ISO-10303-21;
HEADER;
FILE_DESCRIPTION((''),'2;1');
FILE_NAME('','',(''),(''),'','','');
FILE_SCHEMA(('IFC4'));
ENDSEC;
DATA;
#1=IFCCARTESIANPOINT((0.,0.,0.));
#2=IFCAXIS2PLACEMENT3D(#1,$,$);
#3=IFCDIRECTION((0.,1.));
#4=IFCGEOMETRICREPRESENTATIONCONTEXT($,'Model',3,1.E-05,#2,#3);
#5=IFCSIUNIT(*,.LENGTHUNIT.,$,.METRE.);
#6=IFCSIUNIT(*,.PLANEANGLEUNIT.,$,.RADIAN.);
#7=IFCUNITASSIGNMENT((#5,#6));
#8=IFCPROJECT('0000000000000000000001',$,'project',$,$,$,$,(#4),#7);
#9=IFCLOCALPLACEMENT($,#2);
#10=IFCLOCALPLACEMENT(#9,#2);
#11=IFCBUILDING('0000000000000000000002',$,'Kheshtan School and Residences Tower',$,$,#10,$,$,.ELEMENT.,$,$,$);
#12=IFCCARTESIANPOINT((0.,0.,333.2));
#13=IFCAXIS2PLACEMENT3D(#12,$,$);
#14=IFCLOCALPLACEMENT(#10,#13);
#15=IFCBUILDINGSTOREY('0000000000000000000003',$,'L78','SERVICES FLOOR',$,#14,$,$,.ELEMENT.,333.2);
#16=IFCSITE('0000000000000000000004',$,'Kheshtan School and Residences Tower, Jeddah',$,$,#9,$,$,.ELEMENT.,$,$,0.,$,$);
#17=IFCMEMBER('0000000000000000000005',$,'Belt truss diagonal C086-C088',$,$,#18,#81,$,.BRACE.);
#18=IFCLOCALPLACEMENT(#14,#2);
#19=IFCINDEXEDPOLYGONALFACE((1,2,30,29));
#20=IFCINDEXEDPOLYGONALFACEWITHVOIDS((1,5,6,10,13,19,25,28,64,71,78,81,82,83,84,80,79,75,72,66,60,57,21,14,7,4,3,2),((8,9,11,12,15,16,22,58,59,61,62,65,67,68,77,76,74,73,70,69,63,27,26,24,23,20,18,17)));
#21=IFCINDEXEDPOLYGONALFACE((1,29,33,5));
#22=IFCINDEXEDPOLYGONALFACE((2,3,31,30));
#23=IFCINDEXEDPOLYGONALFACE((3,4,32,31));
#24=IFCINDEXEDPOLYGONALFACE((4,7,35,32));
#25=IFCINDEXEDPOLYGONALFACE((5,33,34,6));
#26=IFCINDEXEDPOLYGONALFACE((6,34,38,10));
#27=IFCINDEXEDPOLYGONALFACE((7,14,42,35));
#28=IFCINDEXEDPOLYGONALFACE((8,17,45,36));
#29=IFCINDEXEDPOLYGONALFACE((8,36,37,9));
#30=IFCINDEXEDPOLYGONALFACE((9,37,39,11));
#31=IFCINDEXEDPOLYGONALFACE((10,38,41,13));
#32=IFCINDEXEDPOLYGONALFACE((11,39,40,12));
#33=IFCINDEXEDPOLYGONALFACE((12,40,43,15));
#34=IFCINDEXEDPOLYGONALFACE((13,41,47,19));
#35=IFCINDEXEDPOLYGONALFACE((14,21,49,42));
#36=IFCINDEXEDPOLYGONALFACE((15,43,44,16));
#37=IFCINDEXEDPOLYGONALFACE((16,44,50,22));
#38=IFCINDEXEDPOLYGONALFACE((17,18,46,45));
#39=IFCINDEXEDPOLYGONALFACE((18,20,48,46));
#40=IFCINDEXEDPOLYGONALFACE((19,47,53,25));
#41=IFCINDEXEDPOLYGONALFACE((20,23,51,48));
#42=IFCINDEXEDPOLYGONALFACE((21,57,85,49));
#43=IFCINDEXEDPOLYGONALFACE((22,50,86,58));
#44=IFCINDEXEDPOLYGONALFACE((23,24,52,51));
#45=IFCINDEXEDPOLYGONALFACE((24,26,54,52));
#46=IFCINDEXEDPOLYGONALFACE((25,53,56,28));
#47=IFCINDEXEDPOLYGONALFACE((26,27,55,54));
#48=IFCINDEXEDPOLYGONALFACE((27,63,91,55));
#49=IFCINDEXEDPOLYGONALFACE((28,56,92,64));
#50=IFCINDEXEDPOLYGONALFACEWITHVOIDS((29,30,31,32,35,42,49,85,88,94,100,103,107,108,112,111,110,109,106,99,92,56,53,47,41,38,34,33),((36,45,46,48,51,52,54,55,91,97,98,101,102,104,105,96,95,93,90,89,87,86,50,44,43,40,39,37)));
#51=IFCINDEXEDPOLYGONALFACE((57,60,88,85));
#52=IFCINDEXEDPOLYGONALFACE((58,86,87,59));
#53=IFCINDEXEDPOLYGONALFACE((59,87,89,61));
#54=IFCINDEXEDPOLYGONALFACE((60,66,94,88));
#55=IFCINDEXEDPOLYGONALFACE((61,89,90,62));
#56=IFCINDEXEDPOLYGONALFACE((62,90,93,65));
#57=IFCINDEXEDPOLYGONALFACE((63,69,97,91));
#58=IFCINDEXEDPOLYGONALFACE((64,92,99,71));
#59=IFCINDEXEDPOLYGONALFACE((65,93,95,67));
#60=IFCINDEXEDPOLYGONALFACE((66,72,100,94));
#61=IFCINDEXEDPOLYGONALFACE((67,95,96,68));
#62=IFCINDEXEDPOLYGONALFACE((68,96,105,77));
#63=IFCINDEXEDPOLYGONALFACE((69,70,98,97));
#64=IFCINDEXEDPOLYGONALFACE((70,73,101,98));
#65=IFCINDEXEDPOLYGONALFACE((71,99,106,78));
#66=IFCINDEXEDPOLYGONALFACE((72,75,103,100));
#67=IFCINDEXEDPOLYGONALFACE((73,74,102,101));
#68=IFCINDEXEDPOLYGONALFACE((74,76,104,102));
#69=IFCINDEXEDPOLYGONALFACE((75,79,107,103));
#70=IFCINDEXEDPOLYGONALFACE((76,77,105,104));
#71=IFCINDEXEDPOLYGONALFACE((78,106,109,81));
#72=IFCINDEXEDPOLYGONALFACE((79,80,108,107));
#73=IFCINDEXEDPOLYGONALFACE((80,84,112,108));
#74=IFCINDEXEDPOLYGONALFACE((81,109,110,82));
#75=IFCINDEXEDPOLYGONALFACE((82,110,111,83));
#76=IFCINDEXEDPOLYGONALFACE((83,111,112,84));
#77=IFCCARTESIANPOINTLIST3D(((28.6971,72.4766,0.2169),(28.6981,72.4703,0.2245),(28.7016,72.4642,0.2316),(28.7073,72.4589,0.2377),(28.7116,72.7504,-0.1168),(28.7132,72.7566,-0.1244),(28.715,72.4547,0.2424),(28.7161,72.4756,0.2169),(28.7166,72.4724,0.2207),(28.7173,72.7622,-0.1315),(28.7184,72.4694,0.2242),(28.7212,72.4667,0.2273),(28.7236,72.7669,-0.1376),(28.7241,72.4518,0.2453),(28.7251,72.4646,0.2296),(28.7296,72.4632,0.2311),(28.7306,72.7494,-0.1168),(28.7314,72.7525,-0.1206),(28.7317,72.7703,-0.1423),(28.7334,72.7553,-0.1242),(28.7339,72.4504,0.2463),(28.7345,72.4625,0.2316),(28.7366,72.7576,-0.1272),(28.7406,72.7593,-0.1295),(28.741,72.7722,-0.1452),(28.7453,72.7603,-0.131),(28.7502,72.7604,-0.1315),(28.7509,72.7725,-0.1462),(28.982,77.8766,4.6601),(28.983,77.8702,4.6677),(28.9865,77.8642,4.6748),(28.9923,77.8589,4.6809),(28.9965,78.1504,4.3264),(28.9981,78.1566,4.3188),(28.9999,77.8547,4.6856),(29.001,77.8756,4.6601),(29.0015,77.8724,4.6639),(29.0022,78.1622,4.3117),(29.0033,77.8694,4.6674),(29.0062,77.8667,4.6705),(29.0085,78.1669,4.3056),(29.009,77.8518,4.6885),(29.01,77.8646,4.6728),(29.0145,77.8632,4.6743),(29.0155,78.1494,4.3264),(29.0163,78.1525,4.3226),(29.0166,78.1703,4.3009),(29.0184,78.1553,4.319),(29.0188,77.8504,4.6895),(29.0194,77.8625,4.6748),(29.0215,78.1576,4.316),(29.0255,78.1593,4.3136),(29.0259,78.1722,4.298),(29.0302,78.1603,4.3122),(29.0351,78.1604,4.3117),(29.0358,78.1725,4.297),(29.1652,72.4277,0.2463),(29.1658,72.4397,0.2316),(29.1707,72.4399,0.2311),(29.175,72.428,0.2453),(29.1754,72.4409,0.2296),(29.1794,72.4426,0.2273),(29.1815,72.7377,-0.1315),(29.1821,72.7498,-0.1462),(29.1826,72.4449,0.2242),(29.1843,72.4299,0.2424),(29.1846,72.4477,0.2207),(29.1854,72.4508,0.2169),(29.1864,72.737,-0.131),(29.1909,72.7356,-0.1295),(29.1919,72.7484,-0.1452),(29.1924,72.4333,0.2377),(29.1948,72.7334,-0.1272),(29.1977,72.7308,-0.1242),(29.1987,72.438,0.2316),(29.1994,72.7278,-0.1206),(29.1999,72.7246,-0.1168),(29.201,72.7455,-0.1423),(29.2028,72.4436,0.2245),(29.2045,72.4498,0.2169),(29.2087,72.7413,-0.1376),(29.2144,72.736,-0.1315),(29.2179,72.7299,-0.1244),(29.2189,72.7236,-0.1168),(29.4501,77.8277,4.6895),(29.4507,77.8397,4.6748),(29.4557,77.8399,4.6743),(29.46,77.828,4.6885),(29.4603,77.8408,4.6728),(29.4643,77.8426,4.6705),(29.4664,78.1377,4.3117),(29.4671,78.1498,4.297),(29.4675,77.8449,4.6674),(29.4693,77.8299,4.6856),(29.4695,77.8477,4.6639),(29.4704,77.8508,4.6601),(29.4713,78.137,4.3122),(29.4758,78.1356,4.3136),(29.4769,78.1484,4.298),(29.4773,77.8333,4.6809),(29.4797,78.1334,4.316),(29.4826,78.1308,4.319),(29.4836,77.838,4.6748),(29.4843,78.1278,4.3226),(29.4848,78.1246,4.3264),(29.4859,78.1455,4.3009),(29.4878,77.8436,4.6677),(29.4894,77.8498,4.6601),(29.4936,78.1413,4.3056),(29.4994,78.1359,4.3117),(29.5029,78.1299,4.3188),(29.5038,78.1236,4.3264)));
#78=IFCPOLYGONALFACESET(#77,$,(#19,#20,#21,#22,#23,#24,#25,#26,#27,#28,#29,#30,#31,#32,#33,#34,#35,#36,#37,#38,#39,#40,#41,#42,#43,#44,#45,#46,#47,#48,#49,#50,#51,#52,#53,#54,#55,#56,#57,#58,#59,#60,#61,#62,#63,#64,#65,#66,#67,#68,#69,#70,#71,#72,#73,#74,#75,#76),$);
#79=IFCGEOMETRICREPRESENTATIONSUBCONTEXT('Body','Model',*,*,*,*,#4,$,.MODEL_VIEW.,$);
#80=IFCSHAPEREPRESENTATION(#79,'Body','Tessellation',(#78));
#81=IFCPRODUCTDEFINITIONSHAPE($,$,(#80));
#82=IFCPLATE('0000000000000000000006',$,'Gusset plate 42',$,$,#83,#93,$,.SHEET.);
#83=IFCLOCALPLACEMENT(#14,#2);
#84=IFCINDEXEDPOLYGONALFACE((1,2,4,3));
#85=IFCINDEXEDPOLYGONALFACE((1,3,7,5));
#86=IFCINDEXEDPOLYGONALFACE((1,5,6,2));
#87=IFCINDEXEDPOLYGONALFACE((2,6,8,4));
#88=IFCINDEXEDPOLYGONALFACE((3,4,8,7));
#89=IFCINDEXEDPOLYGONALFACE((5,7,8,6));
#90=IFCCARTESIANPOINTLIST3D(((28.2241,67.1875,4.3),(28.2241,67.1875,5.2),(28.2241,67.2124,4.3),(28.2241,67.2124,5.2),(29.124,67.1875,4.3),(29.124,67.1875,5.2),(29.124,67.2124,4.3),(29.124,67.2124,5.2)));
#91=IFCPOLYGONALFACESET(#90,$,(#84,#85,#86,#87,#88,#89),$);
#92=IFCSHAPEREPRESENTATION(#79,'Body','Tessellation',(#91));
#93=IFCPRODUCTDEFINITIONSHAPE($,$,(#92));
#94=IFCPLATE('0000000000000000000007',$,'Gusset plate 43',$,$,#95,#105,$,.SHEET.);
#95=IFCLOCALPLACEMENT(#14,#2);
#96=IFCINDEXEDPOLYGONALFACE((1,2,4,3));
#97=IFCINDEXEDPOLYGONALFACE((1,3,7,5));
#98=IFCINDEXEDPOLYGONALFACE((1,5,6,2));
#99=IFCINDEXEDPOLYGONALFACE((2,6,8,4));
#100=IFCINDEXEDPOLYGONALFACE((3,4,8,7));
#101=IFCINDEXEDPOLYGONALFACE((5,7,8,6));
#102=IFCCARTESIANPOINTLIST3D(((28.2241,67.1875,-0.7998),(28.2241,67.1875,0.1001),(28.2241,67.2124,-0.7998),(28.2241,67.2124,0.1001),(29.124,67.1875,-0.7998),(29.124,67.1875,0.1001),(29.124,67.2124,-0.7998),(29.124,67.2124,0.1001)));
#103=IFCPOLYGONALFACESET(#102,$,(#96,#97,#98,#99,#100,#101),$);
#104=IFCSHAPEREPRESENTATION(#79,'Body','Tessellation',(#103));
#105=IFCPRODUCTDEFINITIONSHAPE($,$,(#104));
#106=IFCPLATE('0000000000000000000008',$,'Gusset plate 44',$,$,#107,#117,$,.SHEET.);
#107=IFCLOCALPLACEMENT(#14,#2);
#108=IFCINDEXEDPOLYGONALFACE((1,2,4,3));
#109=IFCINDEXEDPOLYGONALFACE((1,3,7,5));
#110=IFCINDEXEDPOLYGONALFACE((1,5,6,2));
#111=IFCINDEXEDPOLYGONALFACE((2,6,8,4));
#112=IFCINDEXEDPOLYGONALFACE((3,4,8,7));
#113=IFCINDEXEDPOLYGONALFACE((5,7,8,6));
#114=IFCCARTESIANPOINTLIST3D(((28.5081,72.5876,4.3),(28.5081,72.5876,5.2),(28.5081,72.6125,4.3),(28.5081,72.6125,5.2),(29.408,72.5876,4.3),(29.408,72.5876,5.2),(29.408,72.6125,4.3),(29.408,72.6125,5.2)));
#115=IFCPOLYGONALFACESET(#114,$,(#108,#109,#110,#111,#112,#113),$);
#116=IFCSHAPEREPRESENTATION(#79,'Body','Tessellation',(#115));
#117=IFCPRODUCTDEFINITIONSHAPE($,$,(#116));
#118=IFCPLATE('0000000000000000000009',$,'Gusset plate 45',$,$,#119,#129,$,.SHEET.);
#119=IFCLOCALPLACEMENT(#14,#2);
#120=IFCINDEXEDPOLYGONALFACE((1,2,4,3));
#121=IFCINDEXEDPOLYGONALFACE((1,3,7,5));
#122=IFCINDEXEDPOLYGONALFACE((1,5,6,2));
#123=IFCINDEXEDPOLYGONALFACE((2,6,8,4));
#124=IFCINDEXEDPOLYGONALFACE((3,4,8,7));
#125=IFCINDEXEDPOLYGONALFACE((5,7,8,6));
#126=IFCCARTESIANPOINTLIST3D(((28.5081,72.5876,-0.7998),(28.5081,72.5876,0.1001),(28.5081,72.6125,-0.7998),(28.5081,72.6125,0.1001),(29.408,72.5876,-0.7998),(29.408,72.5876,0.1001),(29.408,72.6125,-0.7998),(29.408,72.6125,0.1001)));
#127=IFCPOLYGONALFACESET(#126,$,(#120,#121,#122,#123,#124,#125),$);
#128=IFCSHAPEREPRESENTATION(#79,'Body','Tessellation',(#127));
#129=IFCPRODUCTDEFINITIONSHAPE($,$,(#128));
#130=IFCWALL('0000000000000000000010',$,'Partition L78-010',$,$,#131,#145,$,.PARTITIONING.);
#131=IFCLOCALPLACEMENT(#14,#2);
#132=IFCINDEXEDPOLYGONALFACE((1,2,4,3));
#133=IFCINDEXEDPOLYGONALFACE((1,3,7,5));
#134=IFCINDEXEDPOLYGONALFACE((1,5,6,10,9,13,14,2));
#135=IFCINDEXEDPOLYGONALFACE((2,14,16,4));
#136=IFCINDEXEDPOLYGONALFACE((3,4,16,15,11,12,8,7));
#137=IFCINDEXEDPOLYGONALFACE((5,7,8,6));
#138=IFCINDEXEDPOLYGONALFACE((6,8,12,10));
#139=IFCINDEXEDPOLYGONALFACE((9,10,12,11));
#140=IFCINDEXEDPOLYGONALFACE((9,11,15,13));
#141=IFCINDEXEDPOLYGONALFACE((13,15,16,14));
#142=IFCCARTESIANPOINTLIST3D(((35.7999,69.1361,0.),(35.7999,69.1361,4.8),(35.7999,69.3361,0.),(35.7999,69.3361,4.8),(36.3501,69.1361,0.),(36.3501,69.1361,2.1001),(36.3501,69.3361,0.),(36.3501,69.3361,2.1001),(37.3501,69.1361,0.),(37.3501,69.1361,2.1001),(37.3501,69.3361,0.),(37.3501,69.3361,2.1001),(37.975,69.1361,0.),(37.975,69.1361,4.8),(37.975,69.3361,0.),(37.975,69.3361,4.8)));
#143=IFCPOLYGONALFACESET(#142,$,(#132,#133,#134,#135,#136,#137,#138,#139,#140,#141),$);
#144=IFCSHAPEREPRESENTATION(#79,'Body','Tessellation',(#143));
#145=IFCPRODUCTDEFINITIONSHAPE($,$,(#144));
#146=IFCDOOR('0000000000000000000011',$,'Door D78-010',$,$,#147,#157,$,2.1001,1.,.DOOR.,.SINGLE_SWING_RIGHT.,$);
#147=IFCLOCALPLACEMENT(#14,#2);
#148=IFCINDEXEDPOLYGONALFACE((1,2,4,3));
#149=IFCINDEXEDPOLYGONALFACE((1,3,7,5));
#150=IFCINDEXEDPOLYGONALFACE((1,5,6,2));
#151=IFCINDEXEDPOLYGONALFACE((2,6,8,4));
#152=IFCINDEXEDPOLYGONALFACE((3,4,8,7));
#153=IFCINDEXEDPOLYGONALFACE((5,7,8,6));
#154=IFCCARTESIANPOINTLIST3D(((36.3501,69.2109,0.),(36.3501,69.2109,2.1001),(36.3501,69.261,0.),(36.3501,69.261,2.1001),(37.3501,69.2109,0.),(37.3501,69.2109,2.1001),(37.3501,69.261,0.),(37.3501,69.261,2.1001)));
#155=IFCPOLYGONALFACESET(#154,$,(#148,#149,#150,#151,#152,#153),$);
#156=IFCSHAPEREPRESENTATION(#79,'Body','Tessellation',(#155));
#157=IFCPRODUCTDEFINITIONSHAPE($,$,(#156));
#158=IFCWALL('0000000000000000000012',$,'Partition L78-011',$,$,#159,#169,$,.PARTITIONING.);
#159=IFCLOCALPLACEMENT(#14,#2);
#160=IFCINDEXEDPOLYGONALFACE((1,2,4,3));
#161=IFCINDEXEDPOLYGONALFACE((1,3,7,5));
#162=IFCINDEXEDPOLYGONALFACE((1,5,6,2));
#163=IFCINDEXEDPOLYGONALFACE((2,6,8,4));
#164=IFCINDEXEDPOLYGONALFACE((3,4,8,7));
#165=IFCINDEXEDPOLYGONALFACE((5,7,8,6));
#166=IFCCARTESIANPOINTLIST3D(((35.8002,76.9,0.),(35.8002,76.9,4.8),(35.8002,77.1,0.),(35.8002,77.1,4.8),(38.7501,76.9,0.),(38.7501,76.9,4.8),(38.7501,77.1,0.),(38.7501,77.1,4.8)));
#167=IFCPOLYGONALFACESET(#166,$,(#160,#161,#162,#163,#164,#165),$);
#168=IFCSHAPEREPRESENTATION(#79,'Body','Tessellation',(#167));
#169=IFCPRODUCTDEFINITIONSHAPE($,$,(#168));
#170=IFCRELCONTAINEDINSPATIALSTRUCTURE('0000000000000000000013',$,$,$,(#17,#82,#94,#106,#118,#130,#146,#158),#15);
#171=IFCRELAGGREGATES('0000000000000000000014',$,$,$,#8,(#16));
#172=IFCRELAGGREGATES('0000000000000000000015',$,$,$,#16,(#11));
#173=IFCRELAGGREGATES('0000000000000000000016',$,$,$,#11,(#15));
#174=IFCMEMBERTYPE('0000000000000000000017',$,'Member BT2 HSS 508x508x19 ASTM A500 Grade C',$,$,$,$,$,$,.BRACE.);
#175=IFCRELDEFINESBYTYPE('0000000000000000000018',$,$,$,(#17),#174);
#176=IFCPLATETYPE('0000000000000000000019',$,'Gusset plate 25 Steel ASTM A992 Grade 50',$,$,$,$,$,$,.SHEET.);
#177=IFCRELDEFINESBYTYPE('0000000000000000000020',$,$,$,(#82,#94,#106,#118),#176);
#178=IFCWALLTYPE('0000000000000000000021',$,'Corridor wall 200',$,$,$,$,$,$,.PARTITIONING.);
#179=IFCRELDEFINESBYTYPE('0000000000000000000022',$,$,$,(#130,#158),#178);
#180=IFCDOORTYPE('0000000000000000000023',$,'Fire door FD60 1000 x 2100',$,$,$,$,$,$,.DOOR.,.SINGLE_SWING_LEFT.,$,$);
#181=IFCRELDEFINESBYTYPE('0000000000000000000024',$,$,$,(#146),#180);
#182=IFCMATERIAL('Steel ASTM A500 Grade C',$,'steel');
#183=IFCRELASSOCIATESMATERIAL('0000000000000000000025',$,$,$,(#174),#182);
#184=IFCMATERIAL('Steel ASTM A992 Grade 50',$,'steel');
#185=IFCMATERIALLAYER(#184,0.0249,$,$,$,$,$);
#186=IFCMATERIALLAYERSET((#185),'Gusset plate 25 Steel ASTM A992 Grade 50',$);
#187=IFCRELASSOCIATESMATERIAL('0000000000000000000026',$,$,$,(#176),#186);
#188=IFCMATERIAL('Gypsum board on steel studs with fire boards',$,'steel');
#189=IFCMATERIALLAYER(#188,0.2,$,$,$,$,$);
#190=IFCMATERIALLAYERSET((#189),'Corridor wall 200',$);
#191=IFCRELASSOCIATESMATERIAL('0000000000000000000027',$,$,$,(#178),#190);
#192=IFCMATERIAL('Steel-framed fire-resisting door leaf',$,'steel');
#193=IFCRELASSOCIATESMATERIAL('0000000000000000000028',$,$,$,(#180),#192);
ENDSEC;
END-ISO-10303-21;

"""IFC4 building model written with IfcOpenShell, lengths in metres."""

from ifc_helpers import new_model, si_unit, direction, frame, frame_2d, origin, origin_2d, place, context, subcontext, project, spatial, rectangle, hollow_rectangle, extrude, source, transform, mapped, material, layer, layer_set, material_profile, profile_set, type_object, element, fill, save


model = new_model("IFC4")

# Units and contexts
model_context = context("Model", 3, precision=1e-05, world=origin(), true_north=direction((0.0, 1.0)))
body_context = subcontext(model_context, "Body", "Model", "MODEL_VIEW")
ifc_project = project(units=[si_unit("LENGTHUNIT", "METRE"), si_unit("PLANEANGLEUNIT", "RADIAN")], contexts=[model_context])

# Site, building, storey
site_placement = place(None, origin())
site = spatial("IfcSite", under=ifc_project, at=site_placement, Name="Kheshtan School and Residences Tower, Jeddah", CompositionType="ELEMENT", RefElevation=0.0)
building_placement = place(site_placement, origin())
building = spatial("IfcBuilding", under=site, at=building_placement, Name="Kheshtan School and Residences Tower", CompositionType="ELEMENT")
storey_placement = place(building_placement, frame((0.0, 0.0, 333.2)))
storey = spatial("IfcBuildingStorey", under=building, at=storey_placement, Name="L78", Description="SERVICES FLOOR", CompositionType="ELEMENT", Elevation=333.2)

# Shared definitions
ifc_material_1 = material(Name="Steel ASTM A992 Grade 50", Category="steel")

# Member
ifc_material_2 = material(Name="Steel ASTM A500 Grade C", Category="steel")
ifc_material_profile_1 = material_profile(ifc_material_2, hollow_rectangle(XDim=0.5081, YDim=0.5081, WallThickness=0.019, InnerFilletRadius=0.019, OuterFilletRadius=0.0381, at=origin_2d()), Name="HSS 508x508x19")
ifc_profile_set_1 = profile_set([ifc_material_profile_1], Name="Steel ASTM A500 Grade C")
member_type = type_object("IfcMemberType", Name="Member BT2 HSS 508x508x19 ASTM A500 Grade C", PredefinedType="BRACE", material=ifc_profile_set_1)
for number, where, z_axis, x_axis, name in (
    (1, (28.958, 72.6001, 0.05), (0.040709, 0.771561, 0.634851), (-0.998611, 0.052689, 0.0), "Belt truss diagonal C086-C088"),
):
    element("IfcMember", number, at=place(storey_placement, frame(where, z_axis=z_axis, x_axis=x_axis)), inside=storey, type_object=member_type, Name=name, PredefinedType="BRACE", context=body_context, shape_type="SweptSolid", body=[
        extrude(hollow_rectangle(XDim=0.5081, YDim=0.5081, WallThickness=0.019, InnerFilletRadius=0.019, OuterFilletRadius=0.0381, at=origin_2d()), origin(), (0.0, 0.0, 1.0), 6.9988),
    ])

# Plates
ifc_layer_1 = layer(ifc_material_1, 0.0249)
ifc_layer_set_1 = layer_set([ifc_layer_1], Name="Gusset plate 25 Steel ASTM A992 Grade 50")
plate_type = type_object("IfcPlateType", Name="Gusset plate 25 Steel ASTM A992 Grade 50", PredefinedType="SHEET", material=ifc_layer_set_1)
for number, where, z_axis, x_axis, name in (
    (2, (28.6741, 67.2, 4.3), (0.0, 0.0, 1.0), (1.0, 0.0, 0.0), "Gusset plate 42"),
    (3, (28.6741, 67.2, -0.7998), (0.0, 0.0, 1.0), (1.0, 0.0, 0.0), "Gusset plate 43"),
    (4, (28.958, 72.6001, 4.3), (0.0, 0.0, 1.0), (1.0, 0.0, 0.0), "Gusset plate 44"),
    (5, (28.958, 72.6001, -0.7998), (0.0, 0.0, 1.0), (1.0, 0.0, 0.0), "Gusset plate 45"),
):
    element("IfcPlate", number, at=place(storey_placement, frame(where, z_axis=z_axis, x_axis=x_axis)), inside=storey, type_object=plate_type, Name=name, PredefinedType="SHEET", context=body_context, shape_type="SweptSolid", body=[
        extrude(rectangle(XDim=0.8999, YDim=0.0249, at=origin_2d()), origin(), (0.0, 0.0, 1.0), 0.8999),
    ])

# Wall, opening, door
ifc_material_3 = material(Name="Gypsum board on steel studs with fire boards", Category="steel")
ifc_layer_2 = layer(ifc_material_3, 0.2)
ifc_layer_set_2 = layer_set([ifc_layer_2], Name="Corridor wall 200")
wall_type_1 = type_object("IfcWallType", Name="Corridor wall 200", PredefinedType="PARTITIONING", material=ifc_layer_set_2)
wall_1_placement = place(storey_placement, frame((35.8, 69.2361, 0.0), z_axis=(0.0, 0.0, 1.0), x_axis=(1.0, 0.0, 0.0)))
wall_1 = element("IfcWall", 6, at=wall_1_placement, inside=storey, type_object=wall_type_1, Name="Partition L78-010", PredefinedType="PARTITIONING", context=body_context, shape_type="SweptSolid", body=[
    extrude(rectangle(XDim=2.175, YDim=0.2, at=frame_2d((1.0874, 0.0))), origin(), (0.0, 0.0, 1.0), 4.8),
])
opening_1_placement = place(wall_1_placement, frame((0.55, 0.0, 0.0)))
opening_1 = element("IfcOpeningElement", 7, at=opening_1_placement, cuts=wall_1, PredefinedType="OPENING", context=body_context, shape_type="SweptSolid", body=[
    extrude(rectangle(XDim=1.0, YDim=2.1001, at=frame_2d((0.5, 1.05))), frame((0.0, 0.1099, 0.0), z_axis=(0.0, -1.0, 0.0), x_axis=(1.0, 0.0, 0.0)), (0.0, 0.0, 1.0), 0.22),
])
ifc_material_4 = material(Name="Steel-framed fire-resisting door leaf", Category="steel")
door_type_1 = type_object("IfcDoorType", Name="Fire door FD60 1000 x 2100", OperationType="SINGLE_SWING_LEFT", PredefinedType="DOOR", material=ifc_material_4)
shared_shape_1 = source(origin(), body_context, "Body", "SweptSolid", [
    extrude(rectangle(XDim=1.0, YDim=2.1001, at=frame_2d((0.5, 1.05))), frame((0.0, 0.0249, 0.0), z_axis=(0.0, -1.0, 0.0), x_axis=(1.0, 0.0, 0.0)), (0.0, 0.0, 1.0), 0.05),
])
door_1_placement = place(opening_1_placement, origin())
door_1 = element("IfcDoor", 8, at=door_1_placement, inside=storey, type_object=door_type_1, Name="Door D78-010", OperationType="SINGLE_SWING_RIGHT", OverallHeight=2.1001, OverallWidth=1.0, PredefinedType="DOOR", context=body_context, shape_type="MappedRepresentation", body=[
    mapped(shared_shape_1, transform((0.0, 0.0, 0.0), x_axis=(1.0, 0.0, 0.0), y_axis=(0.0, 1.0, 0.0), z_axis=(0.0, 0.0, 1.0), scale=1.0)),
])
fill(opening_1, door_1)

# Wall
wall_2_placement = place(storey_placement, frame((35.8, 77.0, 0.0), z_axis=(0.0, 0.0, 1.0), x_axis=(1.0, 0.0, 0.0)))
element("IfcWall", 9, at=wall_2_placement, inside=storey, type_object=wall_type_1, Name="Partition L78-011", PredefinedType="PARTITIONING", context=body_context, shape_type="SweptSolid", body=[
    extrude(rectangle(XDim=2.95, YDim=0.2, at=frame_2d((1.4751, 0.0))), origin(), (0.0, 0.0, 1.0), 4.8),
])

save(model, "model.ifc")
